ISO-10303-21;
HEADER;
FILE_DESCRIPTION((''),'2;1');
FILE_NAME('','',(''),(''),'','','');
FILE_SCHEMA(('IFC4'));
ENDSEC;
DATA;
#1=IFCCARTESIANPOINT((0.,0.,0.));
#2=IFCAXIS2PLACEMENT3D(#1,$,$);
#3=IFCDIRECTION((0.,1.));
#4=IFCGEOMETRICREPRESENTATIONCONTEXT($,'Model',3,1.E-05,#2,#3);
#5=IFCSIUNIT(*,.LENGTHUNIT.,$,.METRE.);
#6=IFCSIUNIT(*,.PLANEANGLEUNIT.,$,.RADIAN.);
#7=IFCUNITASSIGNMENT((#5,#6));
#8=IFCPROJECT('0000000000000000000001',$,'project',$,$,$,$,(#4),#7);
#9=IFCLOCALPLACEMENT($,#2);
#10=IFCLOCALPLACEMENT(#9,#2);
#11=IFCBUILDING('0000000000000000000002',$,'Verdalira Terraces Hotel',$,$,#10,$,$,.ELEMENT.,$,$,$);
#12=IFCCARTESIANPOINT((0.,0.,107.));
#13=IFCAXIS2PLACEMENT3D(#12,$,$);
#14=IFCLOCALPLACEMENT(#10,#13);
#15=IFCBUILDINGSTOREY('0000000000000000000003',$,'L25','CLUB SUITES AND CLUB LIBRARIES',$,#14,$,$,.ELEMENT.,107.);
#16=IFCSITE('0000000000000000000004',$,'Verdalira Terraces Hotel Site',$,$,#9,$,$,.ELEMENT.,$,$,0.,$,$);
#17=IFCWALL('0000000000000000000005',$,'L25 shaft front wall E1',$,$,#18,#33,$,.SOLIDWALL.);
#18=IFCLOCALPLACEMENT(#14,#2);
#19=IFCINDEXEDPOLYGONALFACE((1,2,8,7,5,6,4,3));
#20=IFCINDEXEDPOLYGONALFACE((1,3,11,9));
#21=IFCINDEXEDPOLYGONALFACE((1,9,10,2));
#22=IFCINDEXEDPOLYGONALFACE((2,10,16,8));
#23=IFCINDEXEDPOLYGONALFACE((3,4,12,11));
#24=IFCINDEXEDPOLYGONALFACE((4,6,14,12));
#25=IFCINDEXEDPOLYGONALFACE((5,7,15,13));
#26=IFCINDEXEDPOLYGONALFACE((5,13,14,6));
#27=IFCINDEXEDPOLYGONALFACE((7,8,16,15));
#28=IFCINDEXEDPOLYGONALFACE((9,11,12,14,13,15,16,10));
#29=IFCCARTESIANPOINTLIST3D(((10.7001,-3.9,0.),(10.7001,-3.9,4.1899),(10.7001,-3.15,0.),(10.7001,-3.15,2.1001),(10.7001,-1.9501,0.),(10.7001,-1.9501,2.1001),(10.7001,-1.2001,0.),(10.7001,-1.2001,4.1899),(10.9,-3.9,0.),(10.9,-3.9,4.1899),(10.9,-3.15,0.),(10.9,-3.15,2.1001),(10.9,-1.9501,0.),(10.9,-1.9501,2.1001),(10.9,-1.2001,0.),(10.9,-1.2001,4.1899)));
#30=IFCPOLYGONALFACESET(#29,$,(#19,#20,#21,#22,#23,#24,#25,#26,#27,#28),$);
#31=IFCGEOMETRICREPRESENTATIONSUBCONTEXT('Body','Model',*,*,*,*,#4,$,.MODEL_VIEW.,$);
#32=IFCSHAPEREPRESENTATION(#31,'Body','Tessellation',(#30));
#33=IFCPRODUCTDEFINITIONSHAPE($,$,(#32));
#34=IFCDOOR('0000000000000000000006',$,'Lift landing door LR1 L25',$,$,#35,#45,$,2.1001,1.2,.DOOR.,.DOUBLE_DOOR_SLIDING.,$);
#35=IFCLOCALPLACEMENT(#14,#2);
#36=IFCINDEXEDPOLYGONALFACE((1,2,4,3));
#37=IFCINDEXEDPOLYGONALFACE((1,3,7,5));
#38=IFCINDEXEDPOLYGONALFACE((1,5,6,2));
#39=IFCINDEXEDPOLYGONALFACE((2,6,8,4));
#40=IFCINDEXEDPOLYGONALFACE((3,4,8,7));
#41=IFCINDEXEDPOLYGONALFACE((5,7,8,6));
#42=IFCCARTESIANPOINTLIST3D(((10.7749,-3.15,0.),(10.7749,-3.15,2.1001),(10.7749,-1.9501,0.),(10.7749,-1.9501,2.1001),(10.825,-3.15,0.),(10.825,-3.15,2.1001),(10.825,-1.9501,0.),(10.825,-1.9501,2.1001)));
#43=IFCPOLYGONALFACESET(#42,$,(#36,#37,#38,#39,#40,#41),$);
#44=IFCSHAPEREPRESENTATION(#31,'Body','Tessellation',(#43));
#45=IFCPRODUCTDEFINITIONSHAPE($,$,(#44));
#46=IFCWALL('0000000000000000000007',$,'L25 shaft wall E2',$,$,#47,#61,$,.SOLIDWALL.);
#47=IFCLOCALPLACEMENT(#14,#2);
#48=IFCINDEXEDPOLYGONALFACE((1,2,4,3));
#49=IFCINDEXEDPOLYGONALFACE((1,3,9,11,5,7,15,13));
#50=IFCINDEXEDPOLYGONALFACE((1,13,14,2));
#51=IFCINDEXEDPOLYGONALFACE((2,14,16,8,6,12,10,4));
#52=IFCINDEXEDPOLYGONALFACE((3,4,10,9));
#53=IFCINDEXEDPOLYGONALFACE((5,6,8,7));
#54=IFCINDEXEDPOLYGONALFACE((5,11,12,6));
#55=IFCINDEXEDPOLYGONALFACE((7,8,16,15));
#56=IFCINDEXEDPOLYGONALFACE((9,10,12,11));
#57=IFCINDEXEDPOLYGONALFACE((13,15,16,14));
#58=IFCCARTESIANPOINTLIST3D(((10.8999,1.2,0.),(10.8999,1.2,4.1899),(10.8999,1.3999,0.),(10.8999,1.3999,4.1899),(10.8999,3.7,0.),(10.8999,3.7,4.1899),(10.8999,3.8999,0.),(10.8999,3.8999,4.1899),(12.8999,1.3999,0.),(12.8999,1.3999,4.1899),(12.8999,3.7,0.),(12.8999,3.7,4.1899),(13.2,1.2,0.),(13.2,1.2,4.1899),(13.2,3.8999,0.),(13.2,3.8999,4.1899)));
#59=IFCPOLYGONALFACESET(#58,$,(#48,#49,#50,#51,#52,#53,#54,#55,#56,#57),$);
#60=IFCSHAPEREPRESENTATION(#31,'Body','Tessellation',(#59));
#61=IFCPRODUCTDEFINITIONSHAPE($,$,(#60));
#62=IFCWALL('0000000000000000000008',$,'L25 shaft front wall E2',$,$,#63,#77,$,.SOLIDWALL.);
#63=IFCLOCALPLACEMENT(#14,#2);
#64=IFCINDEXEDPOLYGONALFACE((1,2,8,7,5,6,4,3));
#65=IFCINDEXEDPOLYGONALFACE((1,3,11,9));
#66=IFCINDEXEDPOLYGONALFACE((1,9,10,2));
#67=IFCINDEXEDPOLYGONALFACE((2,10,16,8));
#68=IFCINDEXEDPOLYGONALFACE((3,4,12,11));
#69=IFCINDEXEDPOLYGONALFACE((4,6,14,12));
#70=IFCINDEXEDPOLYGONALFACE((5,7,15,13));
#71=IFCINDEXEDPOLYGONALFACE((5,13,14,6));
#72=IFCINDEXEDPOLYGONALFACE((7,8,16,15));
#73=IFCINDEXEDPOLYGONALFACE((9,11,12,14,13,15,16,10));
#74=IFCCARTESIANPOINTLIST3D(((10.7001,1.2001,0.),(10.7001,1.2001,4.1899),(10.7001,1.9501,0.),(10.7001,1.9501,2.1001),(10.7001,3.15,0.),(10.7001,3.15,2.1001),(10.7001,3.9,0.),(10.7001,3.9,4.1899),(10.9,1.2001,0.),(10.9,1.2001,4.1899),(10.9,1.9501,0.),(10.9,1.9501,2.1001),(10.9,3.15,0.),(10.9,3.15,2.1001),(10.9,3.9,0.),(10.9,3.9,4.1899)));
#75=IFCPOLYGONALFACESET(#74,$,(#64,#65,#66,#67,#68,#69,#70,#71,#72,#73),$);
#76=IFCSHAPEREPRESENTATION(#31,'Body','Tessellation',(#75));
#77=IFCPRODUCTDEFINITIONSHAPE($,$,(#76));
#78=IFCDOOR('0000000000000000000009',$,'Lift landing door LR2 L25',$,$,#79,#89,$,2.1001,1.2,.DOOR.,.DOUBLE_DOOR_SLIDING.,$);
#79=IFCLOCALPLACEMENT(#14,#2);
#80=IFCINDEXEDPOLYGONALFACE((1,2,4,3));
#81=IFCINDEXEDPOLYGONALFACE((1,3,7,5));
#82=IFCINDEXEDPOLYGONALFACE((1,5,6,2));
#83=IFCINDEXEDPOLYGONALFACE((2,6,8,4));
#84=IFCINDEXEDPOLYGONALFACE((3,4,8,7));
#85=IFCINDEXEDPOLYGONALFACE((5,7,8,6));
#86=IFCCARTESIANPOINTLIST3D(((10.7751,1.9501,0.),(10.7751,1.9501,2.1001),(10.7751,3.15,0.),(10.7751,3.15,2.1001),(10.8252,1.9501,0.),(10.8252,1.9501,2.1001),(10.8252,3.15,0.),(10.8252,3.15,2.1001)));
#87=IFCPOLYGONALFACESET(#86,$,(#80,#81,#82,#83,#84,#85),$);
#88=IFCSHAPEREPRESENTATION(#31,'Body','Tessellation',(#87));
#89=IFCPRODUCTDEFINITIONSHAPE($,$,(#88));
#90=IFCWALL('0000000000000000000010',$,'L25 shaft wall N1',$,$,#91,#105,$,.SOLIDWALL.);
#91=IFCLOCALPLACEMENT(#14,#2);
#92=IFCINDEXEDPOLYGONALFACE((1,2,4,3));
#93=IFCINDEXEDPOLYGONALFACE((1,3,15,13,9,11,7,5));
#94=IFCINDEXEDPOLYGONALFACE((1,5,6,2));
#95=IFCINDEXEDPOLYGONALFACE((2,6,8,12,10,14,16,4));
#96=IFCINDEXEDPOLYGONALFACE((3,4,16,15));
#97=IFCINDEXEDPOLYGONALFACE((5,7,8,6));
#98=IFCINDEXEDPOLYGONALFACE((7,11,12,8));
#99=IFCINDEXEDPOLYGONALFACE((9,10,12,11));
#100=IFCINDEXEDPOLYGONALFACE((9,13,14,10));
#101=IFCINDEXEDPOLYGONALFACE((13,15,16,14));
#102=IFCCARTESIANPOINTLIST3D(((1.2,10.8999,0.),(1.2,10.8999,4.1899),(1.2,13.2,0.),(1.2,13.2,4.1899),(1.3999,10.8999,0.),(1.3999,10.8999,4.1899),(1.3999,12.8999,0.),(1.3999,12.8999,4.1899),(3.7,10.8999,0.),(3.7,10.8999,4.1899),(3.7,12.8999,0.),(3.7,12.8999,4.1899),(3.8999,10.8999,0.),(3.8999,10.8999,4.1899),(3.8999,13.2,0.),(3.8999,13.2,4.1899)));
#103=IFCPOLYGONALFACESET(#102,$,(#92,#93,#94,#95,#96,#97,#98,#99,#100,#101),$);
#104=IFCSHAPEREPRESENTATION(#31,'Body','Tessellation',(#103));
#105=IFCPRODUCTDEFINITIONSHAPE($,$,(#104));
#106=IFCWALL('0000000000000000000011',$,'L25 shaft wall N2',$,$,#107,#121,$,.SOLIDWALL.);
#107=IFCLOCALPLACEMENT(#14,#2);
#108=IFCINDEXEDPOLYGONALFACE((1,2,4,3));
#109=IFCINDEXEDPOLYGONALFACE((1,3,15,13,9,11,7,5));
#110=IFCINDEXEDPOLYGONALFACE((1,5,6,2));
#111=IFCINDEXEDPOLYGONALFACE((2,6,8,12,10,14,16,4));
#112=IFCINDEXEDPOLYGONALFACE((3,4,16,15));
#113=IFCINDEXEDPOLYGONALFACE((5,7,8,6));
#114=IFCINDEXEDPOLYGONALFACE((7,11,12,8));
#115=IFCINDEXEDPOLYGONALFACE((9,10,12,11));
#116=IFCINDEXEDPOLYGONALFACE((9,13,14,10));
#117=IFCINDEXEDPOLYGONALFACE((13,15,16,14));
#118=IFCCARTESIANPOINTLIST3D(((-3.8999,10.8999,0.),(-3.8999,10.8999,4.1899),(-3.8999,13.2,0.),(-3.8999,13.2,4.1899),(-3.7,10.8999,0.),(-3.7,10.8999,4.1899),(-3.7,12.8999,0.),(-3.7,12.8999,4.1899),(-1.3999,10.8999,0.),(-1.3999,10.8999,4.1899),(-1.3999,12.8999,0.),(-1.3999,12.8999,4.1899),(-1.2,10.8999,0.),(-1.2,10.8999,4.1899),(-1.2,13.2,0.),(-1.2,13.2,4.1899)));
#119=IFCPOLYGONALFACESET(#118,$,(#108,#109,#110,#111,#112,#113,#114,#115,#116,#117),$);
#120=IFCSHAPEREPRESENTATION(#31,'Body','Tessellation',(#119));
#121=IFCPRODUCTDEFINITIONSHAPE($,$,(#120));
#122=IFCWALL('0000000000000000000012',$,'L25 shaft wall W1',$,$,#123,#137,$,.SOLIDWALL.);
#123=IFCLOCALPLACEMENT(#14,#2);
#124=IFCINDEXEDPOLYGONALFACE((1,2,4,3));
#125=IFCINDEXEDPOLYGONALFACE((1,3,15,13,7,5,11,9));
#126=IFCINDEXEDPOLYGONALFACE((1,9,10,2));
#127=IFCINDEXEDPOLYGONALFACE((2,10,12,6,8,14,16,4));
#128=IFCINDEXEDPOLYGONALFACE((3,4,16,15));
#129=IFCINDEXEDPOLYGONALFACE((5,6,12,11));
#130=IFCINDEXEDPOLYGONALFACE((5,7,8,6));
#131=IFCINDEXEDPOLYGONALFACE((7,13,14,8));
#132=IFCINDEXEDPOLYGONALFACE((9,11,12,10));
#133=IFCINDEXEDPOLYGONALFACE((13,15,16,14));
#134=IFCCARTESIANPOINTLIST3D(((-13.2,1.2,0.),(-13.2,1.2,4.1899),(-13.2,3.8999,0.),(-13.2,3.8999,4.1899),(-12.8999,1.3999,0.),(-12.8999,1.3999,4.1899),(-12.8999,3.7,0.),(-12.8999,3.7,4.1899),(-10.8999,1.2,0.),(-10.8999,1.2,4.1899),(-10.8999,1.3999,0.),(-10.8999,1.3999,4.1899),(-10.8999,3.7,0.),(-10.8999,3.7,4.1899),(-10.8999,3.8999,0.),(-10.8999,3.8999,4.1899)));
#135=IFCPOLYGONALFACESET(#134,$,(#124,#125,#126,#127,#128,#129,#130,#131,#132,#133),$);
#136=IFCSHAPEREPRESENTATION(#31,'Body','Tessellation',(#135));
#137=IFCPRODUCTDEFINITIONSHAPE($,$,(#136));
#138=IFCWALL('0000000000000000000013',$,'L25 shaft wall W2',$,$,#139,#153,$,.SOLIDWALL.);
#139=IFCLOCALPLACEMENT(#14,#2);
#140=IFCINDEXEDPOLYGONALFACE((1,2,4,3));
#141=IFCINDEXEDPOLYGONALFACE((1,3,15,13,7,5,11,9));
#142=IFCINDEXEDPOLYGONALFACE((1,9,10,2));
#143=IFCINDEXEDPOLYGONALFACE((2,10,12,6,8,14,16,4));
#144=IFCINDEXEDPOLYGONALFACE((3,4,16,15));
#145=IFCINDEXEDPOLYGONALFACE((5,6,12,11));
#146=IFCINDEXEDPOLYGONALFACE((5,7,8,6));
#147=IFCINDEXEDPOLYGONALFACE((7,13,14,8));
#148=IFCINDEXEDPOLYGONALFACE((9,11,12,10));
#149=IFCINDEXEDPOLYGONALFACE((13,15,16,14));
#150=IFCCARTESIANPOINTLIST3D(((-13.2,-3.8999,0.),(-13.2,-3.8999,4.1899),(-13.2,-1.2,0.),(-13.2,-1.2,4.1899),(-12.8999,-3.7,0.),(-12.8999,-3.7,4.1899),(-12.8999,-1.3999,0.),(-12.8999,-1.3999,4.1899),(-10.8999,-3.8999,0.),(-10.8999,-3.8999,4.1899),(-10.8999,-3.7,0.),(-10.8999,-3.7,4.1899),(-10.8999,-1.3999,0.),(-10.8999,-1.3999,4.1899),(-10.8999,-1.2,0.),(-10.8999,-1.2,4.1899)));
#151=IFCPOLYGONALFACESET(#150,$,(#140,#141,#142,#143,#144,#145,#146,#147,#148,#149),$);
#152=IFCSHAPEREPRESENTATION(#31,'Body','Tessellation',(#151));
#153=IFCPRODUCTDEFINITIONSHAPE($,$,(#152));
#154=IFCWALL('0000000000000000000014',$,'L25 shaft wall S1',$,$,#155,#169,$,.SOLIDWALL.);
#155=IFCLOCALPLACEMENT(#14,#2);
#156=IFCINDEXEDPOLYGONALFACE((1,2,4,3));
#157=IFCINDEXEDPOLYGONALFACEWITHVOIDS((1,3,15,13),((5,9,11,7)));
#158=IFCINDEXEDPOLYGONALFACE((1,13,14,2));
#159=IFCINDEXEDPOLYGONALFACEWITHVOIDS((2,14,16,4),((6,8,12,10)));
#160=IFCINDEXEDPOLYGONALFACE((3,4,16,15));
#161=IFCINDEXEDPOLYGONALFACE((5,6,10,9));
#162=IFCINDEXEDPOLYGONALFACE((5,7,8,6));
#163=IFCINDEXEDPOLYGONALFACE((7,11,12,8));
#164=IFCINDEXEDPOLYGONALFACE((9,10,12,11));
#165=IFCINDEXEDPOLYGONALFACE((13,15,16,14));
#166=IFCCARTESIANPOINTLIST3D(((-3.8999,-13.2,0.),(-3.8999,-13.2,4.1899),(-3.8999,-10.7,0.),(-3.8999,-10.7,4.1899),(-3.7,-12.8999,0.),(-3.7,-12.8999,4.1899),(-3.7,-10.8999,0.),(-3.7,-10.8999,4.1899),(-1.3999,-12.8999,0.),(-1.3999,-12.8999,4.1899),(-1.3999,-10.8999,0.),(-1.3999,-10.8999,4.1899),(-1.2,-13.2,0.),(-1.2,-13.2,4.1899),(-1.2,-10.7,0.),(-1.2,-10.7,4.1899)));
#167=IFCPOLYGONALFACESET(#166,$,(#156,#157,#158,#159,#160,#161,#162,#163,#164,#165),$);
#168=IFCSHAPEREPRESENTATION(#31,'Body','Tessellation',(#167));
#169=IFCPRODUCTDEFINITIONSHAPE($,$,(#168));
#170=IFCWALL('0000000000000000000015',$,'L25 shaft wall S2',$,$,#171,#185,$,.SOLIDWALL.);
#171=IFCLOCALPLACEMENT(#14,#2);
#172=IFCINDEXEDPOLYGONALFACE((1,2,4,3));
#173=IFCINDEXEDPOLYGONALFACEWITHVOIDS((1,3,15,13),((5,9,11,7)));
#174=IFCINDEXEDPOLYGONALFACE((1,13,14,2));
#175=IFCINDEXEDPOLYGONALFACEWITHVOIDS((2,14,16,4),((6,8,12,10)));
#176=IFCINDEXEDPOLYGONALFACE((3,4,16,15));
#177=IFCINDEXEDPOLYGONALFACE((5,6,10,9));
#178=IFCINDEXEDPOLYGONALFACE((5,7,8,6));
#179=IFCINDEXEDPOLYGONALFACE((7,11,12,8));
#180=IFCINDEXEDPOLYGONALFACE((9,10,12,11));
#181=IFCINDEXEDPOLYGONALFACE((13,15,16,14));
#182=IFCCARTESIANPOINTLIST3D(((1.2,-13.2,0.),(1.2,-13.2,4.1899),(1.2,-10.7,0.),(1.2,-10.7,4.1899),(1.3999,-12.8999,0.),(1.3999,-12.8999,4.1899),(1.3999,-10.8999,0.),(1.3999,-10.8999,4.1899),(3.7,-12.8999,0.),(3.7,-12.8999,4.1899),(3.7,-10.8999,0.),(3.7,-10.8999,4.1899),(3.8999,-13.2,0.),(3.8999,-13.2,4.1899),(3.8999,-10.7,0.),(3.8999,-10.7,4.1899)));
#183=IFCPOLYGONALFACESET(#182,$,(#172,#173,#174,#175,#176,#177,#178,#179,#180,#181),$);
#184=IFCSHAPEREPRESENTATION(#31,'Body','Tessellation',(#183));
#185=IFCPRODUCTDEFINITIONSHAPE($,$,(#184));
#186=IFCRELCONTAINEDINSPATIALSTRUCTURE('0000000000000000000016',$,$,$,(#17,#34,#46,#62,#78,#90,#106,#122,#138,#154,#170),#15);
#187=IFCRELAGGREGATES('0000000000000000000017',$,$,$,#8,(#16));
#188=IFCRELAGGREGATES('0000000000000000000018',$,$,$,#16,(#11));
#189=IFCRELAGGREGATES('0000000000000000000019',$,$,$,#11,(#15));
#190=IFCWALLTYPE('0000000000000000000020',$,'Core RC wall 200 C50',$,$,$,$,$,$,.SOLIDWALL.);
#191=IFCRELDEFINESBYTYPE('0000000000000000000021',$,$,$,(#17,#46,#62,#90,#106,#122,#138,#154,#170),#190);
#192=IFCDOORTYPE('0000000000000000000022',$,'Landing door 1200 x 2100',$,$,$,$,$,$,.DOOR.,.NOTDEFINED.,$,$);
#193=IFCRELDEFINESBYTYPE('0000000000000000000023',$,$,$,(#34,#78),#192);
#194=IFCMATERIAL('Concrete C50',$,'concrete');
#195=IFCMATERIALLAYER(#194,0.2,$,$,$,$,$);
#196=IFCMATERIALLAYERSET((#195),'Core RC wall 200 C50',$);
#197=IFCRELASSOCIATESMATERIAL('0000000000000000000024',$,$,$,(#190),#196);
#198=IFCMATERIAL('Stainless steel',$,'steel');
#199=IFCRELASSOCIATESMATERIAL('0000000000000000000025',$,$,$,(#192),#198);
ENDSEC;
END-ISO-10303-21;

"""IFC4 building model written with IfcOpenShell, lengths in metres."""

from ifc_helpers import new_model, si_unit, direction, frame, frame_2d, origin, place, context, subcontext, project, spatial, polyline, rectangle, outline, extrude, material, layer, layer_set, type_object, element, fill, save


model = new_model("IFC4")

# Units and contexts
model_context = context("Model", 3, precision=1e-05, world=origin(), true_north=direction((0.0, 1.0)))
body_context = subcontext(model_context, "Body", "Model", "MODEL_VIEW")
ifc_project = project(units=[si_unit("LENGTHUNIT", "METRE"), si_unit("PLANEANGLEUNIT", "RADIAN")], contexts=[model_context])

# Site, building, storey
site_placement = place(None, origin())
site = spatial("IfcSite", under=ifc_project, at=site_placement, Name="Verdalira Terraces Hotel Site", CompositionType="ELEMENT", RefElevation=0.0)
building_placement = place(site_placement, origin())
building = spatial("IfcBuilding", under=site, at=building_placement, Name="Verdalira Terraces Hotel", CompositionType="ELEMENT")
storey_placement = place(building_placement, frame((0.0, 0.0, 107.0)))
storey = spatial("IfcBuildingStorey", under=building, at=storey_placement, Name="L25", Description="CLUB SUITES AND CLUB LIBRARIES", CompositionType="ELEMENT", Elevation=107.0)

# Shared definitions
ifc_material_1 = material(Name="Concrete C50", Category="concrete")
ifc_layer_1 = layer(ifc_material_1, 0.2)
ifc_layer_set_1 = layer_set([ifc_layer_1], Name="Core RC wall 200 C50")
wall_type_1 = type_object("IfcWallType", Name="Core RC wall 200 C50", PredefinedType="SOLIDWALL", material=ifc_layer_set_1)

# Wall, opening, door
wall_1_placement = place(storey_placement, frame((10.8, -1.2, 0.0), z_axis=(0.0, 0.0, 1.0), x_axis=(0.0, -1.0, 0.0)))
wall_1 = element("IfcWall", 1, at=wall_1_placement, inside=storey, type_object=wall_type_1, Name="L25 shaft front wall E1", PredefinedType="SOLIDWALL", context=body_context, shape_type="SweptSolid", body=[
    extrude(rectangle(XDim=2.7, YDim=0.2, at=frame_2d((1.3501, 0.0))), origin(), (0.0, 0.0, 1.0), 4.1899),
])
opening_1_placement = place(wall_1_placement, frame((0.75, 0.0, 0.0)))
opening_1 = element("IfcOpeningElement", 2, at=opening_1_placement, cuts=wall_1, PredefinedType="OPENING", context=body_context, shape_type="SweptSolid", body=[
    extrude(rectangle(XDim=1.2, YDim=2.1001, at=frame_2d((0.6001, 1.05))), frame((0.0, 0.1099, 0.0), z_axis=(0.0, -1.0, 0.0), x_axis=(1.0, 0.0, 0.0)), (0.0, 0.0, 1.0), 0.22),
])
ifc_material_2 = material(Name="Stainless steel", Category="steel")
door_type_1 = type_object("IfcDoorType", Name="Landing door 1200 x 2100", OperationType="NOTDEFINED", PredefinedType="DOOR", material=ifc_material_2)
door_1_placement = place(opening_1_placement, origin())
door_1 = element("IfcDoor", 3, at=door_1_placement, inside=storey, type_object=door_type_1, Name="Lift landing door LR1 L25", OperationType="DOUBLE_DOOR_SLIDING", OverallHeight=2.1001, OverallWidth=1.2, PredefinedType="DOOR", context=body_context, shape_type="SweptSolid", body=[
    extrude(rectangle(XDim=1.2, YDim=2.1001, at=frame_2d((0.6001, 1.05))), frame((0.0, 0.0249, 0.0), z_axis=(0.0, -1.0, 0.0), x_axis=(1.0, 0.0, 0.0)), (0.0, 0.0, 1.0), 0.05),
])
fill(opening_1, door_1)

# Wall
wall_2_placement = place(storey_placement, origin())
element("IfcWall", 4, at=wall_2_placement, inside=storey, type_object=wall_type_1, Name="L25 shaft wall E2", PredefinedType="SOLIDWALL", context=body_context, shape_type="SweptSolid", body=[
    extrude(outline(polyline([(13.2, 3.8999), (13.2, 1.2), (10.8999, 1.2), (10.8999, 1.3999), (12.8999, 1.3999), (12.8999, 3.7), (10.8999, 3.7), (10.8999, 3.8999), (13.2, 3.8999)])), origin(), (0.0, 0.0, 1.0), 4.1899),
])

# Wall, opening, door
wall_3_placement = place(storey_placement, frame((10.8, 1.2, 0.0), z_axis=(0.0, 0.0, 1.0), x_axis=(0.0, 1.0, 0.0)))
wall_3 = element("IfcWall", 5, at=wall_3_placement, inside=storey, type_object=wall_type_1, Name="L25 shaft front wall E2", PredefinedType="SOLIDWALL", context=body_context, shape_type="SweptSolid", body=[
    extrude(rectangle(XDim=2.7, YDim=0.2, at=frame_2d((1.3501, 0.0))), origin(), (0.0, 0.0, 1.0), 4.1899),
])
opening_2_placement = place(wall_3_placement, frame((0.75, 0.0, 0.0)))
opening_2 = element("IfcOpeningElement", 6, at=opening_2_placement, cuts=wall_3, PredefinedType="OPENING", context=body_context, shape_type="SweptSolid", body=[
    extrude(rectangle(XDim=1.2, YDim=2.1001, at=frame_2d((0.6001, 1.05))), frame((0.0, 0.1099, 0.0), z_axis=(0.0, -1.0, 0.0), x_axis=(1.0, 0.0, 0.0)), (0.0, 0.0, 1.0), 0.22),
])
door_2_placement = place(opening_2_placement, origin())
door_2 = element("IfcDoor", 7, at=door_2_placement, inside=storey, type_object=door_type_1, Name="Lift landing door LR2 L25", OperationType="DOUBLE_DOOR_SLIDING", OverallHeight=2.1001, OverallWidth=1.2, PredefinedType="DOOR", context=body_context, shape_type="SweptSolid", body=[
    extrude(rectangle(XDim=1.2, YDim=2.1001, at=frame_2d((0.6001, 1.05))), frame((0.0, 0.0249, 0.0), z_axis=(0.0, -1.0, 0.0), x_axis=(1.0, 0.0, 0.0)), (0.0, 0.0, 1.0), 0.05),
])
fill(opening_2, door_2)

# Walls
wall_4_placement = place(storey_placement, origin())
element("IfcWall", 8, at=wall_4_placement, inside=storey, type_object=wall_type_1, Name="L25 shaft wall N1", PredefinedType="SOLIDWALL", context=body_context, shape_type="SweptSolid", body=[
    extrude(outline(polyline([(3.8999, 13.2), (3.8999, 10.8999), (3.7, 10.8999), (3.7, 12.8999), (1.3999, 12.8999), (1.3999, 10.8999), (1.2, 10.8999), (1.2, 13.2), (3.8999, 13.2)])), origin(), (0.0, 0.0, 1.0), 4.1899),
])
wall_5_placement = place(storey_placement, origin())
element("IfcWall", 9, at=wall_5_placement, inside=storey, type_object=wall_type_1, Name="L25 shaft wall N2", PredefinedType="SOLIDWALL", context=body_context, shape_type="SweptSolid", body=[
    extrude(outline(polyline([(-3.8999, 10.8999), (-3.8999, 13.2), (-1.2, 13.2), (-1.2, 10.8999), (-1.3999, 10.8999), (-1.3999, 12.8999), (-3.7, 12.8999), (-3.7, 10.8999), (-3.8999, 10.8999)])), origin(), (0.0, 0.0, 1.0), 4.1899),
])
wall_6_placement = place(storey_placement, origin())
element("IfcWall", 10, at=wall_6_placement, inside=storey, type_object=wall_type_1, Name="L25 shaft wall W1", PredefinedType="SOLIDWALL", context=body_context, shape_type="SweptSolid", body=[
    extrude(outline(polyline([(-13.2, 3.8999), (-10.8999, 3.8999), (-10.8999, 3.7), (-12.8999, 3.7), (-12.8999, 1.3999), (-10.8999, 1.3999), (-10.8999, 1.2), (-13.2, 1.2), (-13.2, 3.8999)])), origin(), (0.0, 0.0, 1.0), 4.1899),
])
wall_7_placement = place(storey_placement, origin())
element("IfcWall", 11, at=wall_7_placement, inside=storey, type_object=wall_type_1, Name="L25 shaft wall W2", PredefinedType="SOLIDWALL", context=body_context, shape_type="SweptSolid", body=[
    extrude(outline(polyline([(-13.2, -3.8999), (-13.2, -1.2), (-10.8999, -1.2), (-10.8999, -1.3999), (-12.8999, -1.3999), (-12.8999, -3.7), (-10.8999, -3.7), (-10.8999, -3.8999), (-13.2, -3.8999)])), origin(), (0.0, 0.0, 1.0), 4.1899),
])
wall_8_placement = place(storey_placement, origin())
element("IfcWall", 12, at=wall_8_placement, inside=storey, type_object=wall_type_1, Name="L25 shaft wall S1", PredefinedType="SOLIDWALL", context=body_context, shape_type="SweptSolid", body=[
    extrude(outline(polyline([(-1.2, -13.2), (-3.8999, -13.2), (-3.8999, -10.7), (-1.2, -10.7), (-1.2, -13.2)]), holes=[polyline([(-3.7, -10.8999), (-3.7, -12.8999), (-1.3999, -12.8999), (-1.3999, -10.8999), (-3.7, -10.8999)])]), origin(), (0.0, 0.0, 1.0), 4.1899),
])
wall_9_placement = place(storey_placement, origin())
element("IfcWall", 13, at=wall_9_placement, inside=storey, type_object=wall_type_1, Name="L25 shaft wall S2", PredefinedType="SOLIDWALL", context=body_context, shape_type="SweptSolid", body=[
    extrude(outline(polyline([(3.8999, -10.7), (3.8999, -13.2), (1.2, -13.2), (1.2, -10.7), (3.8999, -10.7)]), holes=[polyline([(1.3999, -12.8999), (3.7, -12.8999), (3.7, -10.8999), (1.3999, -10.8999), (1.3999, -12.8999)])]), origin(), (0.0, 0.0, 1.0), 4.1899),
])

save(model, "model.ifc")
